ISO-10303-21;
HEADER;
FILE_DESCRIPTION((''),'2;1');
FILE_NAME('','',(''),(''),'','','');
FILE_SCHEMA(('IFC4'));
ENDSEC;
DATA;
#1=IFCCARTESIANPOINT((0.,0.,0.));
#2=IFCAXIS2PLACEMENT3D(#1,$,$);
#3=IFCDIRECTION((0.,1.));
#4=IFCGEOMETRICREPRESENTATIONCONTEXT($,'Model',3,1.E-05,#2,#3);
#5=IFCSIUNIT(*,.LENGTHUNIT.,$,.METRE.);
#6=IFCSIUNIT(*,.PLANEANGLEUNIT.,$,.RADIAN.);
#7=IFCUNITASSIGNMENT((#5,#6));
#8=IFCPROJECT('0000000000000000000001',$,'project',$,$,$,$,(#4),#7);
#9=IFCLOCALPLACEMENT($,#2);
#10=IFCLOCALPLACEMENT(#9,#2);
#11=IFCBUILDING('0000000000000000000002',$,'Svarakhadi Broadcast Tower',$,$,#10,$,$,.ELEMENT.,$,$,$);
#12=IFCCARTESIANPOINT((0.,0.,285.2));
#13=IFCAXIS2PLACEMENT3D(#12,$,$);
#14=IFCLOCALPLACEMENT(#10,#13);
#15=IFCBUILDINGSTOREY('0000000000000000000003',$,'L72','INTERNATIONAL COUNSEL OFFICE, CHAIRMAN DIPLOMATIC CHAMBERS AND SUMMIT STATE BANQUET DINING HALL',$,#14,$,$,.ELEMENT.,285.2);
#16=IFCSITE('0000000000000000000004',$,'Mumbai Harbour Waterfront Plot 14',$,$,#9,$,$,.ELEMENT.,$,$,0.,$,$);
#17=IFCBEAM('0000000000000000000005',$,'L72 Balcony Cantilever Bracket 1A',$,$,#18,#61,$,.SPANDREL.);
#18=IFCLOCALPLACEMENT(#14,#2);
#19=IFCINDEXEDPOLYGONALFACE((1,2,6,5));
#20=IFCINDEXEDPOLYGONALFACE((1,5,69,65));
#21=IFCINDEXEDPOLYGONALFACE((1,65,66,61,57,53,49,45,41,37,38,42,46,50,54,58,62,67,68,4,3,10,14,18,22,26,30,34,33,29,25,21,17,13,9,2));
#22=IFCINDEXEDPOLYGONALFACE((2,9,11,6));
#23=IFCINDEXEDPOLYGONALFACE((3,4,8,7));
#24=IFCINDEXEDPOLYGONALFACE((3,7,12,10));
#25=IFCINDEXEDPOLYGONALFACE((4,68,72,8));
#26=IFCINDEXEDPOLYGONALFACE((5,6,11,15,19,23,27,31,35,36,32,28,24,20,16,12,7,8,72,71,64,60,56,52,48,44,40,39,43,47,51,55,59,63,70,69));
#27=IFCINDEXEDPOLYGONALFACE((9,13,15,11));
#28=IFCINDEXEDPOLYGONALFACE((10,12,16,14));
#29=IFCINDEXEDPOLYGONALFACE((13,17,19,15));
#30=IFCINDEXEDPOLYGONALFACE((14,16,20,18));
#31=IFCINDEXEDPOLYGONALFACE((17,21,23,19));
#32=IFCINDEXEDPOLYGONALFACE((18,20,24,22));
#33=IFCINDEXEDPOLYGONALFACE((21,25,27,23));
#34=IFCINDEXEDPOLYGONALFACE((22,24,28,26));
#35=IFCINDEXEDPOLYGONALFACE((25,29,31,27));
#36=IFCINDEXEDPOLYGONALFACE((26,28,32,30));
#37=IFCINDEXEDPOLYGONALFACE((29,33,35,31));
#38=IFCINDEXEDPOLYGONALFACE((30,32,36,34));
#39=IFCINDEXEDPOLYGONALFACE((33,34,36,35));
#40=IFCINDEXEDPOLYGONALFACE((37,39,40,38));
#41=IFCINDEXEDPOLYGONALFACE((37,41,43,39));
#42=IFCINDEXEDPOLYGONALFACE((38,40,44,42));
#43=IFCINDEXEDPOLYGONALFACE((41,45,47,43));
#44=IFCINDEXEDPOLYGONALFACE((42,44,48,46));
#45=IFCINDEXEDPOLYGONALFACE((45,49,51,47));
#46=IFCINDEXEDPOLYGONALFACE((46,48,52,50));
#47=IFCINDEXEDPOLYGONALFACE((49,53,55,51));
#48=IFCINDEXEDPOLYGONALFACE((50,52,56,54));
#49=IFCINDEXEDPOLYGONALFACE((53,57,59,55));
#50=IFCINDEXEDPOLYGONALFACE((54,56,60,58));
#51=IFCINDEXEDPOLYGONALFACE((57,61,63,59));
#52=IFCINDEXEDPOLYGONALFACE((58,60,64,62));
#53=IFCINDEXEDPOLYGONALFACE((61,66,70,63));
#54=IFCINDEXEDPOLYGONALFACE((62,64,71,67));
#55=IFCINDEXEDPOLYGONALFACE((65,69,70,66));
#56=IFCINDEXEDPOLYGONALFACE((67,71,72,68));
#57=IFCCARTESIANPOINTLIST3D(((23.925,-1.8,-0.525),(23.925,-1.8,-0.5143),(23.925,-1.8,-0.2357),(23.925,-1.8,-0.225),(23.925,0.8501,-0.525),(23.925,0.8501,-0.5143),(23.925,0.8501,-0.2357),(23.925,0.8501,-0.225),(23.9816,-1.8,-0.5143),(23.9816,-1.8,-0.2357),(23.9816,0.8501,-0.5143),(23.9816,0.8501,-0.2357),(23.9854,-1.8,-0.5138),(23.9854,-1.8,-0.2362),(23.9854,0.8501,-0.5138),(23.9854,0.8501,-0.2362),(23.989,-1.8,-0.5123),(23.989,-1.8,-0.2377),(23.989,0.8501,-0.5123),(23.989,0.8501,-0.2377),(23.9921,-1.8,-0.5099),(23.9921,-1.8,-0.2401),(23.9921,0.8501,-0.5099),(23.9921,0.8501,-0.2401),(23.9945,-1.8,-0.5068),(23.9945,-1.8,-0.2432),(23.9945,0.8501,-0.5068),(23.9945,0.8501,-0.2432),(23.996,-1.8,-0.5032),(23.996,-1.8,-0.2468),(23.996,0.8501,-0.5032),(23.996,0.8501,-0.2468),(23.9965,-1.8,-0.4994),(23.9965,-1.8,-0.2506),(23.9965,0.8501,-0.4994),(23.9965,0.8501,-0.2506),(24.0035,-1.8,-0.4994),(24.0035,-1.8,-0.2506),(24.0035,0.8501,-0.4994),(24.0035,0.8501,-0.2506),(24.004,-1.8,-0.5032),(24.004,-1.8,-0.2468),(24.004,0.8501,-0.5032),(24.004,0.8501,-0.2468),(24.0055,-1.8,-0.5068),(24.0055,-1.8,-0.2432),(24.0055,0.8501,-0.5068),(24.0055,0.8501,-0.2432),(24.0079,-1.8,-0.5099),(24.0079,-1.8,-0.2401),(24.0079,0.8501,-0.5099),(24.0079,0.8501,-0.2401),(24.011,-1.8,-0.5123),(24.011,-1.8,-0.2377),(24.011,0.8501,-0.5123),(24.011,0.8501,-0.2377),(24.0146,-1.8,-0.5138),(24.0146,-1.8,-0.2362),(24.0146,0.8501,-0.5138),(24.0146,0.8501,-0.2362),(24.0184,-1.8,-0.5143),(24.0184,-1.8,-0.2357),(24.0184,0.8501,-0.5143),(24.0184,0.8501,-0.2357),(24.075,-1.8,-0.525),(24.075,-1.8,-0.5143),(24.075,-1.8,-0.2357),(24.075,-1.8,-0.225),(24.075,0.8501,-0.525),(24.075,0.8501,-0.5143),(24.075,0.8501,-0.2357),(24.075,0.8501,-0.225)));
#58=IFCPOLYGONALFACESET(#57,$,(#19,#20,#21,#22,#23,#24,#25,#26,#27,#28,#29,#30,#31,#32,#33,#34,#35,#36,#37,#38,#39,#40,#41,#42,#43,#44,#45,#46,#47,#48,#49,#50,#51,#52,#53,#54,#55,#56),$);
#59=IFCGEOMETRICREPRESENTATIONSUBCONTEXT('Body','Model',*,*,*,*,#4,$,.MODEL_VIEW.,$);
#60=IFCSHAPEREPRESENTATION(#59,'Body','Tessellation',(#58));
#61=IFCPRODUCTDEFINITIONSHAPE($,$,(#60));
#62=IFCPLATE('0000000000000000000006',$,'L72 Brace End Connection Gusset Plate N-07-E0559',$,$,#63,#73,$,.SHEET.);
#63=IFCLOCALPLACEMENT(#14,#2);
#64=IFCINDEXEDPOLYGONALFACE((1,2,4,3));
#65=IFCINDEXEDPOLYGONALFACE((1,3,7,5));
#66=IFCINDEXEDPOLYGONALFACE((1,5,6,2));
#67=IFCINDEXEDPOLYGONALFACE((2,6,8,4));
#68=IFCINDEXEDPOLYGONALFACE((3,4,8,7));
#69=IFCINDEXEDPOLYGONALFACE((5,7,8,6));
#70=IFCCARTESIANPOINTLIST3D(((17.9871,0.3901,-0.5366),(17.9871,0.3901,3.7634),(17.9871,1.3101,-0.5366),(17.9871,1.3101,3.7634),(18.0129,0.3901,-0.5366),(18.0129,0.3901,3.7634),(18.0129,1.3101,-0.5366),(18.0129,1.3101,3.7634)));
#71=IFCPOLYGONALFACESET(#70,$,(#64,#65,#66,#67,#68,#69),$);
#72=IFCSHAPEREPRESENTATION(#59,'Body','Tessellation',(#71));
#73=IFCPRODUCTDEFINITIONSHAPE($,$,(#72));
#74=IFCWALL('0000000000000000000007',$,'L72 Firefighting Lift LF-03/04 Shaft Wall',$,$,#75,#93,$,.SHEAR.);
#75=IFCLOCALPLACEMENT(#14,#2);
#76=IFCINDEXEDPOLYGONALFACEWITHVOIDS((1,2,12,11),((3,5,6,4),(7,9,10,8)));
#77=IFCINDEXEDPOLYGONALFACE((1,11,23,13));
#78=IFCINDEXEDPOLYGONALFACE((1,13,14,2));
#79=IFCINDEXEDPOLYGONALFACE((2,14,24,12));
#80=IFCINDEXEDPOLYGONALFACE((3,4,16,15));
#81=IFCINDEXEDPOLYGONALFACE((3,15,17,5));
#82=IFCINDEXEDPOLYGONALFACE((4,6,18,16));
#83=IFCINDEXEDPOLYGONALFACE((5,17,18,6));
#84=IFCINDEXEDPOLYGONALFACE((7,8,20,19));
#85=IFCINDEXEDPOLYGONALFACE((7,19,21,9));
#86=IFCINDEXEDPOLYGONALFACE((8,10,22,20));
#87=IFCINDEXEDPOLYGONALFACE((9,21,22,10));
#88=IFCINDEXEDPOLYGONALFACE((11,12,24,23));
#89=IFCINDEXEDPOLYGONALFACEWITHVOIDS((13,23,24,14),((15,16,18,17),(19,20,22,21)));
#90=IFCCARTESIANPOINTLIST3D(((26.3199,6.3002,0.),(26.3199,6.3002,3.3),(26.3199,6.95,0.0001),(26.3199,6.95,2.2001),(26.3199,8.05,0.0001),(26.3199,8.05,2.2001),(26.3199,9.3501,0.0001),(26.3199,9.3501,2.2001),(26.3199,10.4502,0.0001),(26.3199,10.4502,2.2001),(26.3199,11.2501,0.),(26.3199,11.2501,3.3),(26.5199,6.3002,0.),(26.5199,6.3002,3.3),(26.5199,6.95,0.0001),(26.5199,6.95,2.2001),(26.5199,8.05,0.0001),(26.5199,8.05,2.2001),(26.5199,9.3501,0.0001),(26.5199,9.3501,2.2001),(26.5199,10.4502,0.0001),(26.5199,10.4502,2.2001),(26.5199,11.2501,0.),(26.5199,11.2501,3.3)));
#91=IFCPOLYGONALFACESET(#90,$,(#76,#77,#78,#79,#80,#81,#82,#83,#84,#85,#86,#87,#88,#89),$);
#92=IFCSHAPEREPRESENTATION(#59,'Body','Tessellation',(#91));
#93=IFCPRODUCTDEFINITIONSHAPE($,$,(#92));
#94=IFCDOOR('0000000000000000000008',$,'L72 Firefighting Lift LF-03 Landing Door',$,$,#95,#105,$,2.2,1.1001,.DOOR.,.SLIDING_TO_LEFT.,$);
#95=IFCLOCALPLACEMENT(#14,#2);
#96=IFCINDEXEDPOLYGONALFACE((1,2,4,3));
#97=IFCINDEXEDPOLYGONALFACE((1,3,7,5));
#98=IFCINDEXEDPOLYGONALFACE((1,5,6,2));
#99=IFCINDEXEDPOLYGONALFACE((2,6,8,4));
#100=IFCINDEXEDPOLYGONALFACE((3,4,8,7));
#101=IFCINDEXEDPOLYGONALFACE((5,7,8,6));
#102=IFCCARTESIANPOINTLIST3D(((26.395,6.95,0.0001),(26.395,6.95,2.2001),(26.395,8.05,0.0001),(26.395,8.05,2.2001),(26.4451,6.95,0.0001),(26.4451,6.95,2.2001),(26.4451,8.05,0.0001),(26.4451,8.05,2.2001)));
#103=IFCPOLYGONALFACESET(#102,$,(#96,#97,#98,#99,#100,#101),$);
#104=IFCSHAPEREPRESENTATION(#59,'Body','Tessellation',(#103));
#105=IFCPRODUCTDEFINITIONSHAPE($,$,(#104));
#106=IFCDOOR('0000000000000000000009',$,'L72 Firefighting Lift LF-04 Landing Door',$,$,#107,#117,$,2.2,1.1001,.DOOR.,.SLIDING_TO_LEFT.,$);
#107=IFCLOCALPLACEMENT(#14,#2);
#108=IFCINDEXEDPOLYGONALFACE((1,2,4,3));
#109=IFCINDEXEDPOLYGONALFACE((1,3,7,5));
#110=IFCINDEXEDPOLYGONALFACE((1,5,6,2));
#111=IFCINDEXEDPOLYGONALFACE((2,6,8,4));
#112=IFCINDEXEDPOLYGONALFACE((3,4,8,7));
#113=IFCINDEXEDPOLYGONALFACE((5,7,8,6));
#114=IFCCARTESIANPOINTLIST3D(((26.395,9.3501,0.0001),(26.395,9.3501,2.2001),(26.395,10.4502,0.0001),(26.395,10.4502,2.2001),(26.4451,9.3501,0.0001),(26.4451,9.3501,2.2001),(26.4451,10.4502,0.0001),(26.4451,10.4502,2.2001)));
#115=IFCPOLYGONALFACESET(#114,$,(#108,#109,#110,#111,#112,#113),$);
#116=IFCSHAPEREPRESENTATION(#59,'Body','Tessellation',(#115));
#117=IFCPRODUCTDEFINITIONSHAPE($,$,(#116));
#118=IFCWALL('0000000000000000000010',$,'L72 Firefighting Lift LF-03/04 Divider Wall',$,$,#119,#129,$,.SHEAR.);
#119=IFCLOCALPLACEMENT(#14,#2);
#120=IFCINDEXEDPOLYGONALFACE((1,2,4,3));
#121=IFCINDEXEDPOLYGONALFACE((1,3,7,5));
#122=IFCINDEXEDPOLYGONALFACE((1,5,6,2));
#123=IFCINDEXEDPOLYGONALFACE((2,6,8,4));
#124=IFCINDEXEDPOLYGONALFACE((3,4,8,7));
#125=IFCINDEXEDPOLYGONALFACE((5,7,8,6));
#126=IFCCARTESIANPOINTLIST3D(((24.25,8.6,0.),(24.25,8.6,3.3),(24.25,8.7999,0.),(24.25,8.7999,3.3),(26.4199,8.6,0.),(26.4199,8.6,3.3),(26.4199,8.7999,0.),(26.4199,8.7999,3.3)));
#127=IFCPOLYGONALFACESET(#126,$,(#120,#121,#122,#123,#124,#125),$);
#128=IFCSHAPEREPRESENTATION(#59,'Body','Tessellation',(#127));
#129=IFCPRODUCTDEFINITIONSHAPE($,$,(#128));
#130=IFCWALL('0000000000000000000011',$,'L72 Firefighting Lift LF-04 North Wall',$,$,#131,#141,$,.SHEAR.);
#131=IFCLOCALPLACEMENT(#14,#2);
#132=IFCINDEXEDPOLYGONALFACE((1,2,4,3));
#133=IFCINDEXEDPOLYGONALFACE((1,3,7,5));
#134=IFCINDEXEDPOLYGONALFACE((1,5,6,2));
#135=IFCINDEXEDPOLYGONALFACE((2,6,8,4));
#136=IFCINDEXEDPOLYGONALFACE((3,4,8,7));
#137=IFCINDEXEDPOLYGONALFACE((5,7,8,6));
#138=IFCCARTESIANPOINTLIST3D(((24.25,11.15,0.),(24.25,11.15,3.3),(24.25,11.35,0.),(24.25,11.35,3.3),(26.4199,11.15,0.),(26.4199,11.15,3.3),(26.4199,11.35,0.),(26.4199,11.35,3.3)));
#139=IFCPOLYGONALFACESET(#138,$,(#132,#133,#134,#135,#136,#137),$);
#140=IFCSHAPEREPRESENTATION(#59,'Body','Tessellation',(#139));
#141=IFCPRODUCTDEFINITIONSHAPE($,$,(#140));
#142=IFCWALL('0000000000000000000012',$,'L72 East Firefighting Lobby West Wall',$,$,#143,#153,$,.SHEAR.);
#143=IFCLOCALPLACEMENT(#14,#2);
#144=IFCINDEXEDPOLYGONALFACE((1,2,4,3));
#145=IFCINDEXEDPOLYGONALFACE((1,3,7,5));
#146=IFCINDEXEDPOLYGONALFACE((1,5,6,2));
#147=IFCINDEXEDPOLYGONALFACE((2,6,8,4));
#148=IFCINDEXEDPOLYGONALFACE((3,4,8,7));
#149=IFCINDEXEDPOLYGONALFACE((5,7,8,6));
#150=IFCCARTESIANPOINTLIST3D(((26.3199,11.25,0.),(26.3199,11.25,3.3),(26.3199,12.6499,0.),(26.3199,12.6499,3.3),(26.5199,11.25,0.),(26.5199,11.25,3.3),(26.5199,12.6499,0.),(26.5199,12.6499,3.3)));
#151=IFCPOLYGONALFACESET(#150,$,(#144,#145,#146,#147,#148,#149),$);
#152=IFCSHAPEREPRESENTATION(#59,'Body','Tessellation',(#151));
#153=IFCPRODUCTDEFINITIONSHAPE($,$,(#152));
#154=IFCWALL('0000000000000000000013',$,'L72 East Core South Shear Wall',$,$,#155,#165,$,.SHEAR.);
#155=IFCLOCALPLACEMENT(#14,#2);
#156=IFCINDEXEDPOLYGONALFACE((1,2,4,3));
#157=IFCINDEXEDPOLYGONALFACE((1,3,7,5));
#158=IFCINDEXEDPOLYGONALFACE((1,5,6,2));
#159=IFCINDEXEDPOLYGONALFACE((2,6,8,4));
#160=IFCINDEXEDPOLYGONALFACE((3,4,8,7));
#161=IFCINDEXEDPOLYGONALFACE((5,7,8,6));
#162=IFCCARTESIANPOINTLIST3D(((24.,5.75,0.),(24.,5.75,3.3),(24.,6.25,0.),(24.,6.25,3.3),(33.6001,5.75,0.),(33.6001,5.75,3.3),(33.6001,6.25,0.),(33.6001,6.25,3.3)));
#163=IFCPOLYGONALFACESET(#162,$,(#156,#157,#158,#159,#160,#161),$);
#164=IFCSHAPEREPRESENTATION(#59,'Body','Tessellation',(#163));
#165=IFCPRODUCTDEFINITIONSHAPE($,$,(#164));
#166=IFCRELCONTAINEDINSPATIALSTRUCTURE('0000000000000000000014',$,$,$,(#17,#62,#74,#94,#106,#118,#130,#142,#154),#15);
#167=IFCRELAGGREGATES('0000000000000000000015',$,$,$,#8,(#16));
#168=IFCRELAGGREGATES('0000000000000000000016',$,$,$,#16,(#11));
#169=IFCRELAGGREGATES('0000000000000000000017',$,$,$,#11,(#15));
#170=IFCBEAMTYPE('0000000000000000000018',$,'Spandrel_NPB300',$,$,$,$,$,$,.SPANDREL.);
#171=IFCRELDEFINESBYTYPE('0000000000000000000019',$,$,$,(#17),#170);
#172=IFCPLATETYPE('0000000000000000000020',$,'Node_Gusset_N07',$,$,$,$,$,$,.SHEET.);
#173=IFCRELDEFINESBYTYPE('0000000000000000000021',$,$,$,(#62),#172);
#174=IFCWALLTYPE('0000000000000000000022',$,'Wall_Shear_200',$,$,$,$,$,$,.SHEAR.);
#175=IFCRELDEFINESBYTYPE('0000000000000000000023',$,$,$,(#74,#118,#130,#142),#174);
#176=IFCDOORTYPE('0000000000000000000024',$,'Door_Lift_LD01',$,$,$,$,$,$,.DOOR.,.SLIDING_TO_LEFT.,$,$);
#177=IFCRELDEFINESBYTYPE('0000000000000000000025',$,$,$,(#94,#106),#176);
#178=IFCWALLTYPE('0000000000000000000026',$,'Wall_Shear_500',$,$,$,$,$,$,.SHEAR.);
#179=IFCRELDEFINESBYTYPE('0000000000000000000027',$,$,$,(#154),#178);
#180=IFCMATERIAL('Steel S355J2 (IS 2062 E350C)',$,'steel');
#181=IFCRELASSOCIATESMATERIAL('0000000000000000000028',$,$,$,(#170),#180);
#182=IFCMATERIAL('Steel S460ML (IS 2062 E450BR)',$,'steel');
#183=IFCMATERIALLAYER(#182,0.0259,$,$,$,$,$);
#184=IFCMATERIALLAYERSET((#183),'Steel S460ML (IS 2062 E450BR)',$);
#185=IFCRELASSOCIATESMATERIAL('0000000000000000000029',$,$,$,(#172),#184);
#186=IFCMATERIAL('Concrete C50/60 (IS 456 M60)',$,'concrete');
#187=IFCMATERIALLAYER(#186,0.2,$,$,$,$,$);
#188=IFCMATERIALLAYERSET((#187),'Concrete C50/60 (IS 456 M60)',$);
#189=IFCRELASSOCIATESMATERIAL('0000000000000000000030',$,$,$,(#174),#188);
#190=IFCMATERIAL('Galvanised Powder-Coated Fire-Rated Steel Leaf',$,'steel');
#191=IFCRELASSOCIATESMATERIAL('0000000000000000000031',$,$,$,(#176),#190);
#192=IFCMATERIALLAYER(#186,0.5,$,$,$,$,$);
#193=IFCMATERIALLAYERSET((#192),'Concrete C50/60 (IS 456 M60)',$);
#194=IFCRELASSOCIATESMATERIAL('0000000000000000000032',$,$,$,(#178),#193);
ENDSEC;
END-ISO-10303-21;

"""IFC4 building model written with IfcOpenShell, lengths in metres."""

from ifc_helpers import new_model, si_unit, direction, frame, frame_2d, origin, origin_2d, place, context, subcontext, project, spatial, rectangle, i_section, extrude, material, layer, layer_set, material_profile, profile_set, type_object, element, fill, save


model = new_model("IFC4")

# Units and contexts
model_context = context("Model", 3, precision=1e-05, world=origin(), true_north=direction((0.0, 1.0)))
body_context = subcontext(model_context, "Body", "Model", "MODEL_VIEW")
ifc_project = project(units=[si_unit("LENGTHUNIT", "METRE"), si_unit("PLANEANGLEUNIT", "RADIAN")], contexts=[model_context])

# Site, building, storey
site_placement = place(None, origin())
site = spatial("IfcSite", under=ifc_project, at=site_placement, Name="Mumbai Harbour Waterfront Plot 14", CompositionType="ELEMENT", RefElevation=0.0)
building_placement = place(site_placement, origin())
building = spatial("IfcBuilding", under=site, at=building_placement, Name="Svarakhadi Broadcast Tower", CompositionType="ELEMENT")
storey_placement = place(building_placement, frame((0.0, 0.0, 285.2)))
storey = spatial("IfcBuildingStorey", under=building, at=storey_placement, Name="L72", Description="INTERNATIONAL COUNSEL OFFICE, CHAIRMAN DIPLOMATIC CHAMBERS AND SUMMIT STATE BANQUET DINING HALL", CompositionType="ELEMENT", Elevation=285.2)

# Shared definitions
ifc_material_1 = material(Name="Concrete C50/60 (IS 456 M60)", Category="concrete")
ifc_material_2 = material(Name="Steel S460ML (IS 2062 E450BR)", Category="steel")

# Beam
ifc_material_3 = material(Name="Steel S355J2 (IS 2062 E350C)", Category="steel")
ifc_material_profile_1 = material_profile(ifc_material_3, i_section(OverallWidth=0.1499, OverallDepth=0.3, WebThickness=0.0071, FlangeThickness=0.0107, FilletRadius=0.0149, at=origin_2d()), Name="NPB 300x150x37")
ifc_profile_set_1 = profile_set([ifc_material_profile_1], Name="Steel S355J2 (IS 2062 E350C)")
beam_type_1 = type_object("IfcBeamType", Name="Spandrel_NPB300", PredefinedType="SPANDREL", material=ifc_profile_set_1)
beam_1_placement = place(storey_placement, frame((24.0, 0.8501, -0.375), z_axis=(0.0, -1.0, 0.0), x_axis=(1.0, 0.0, 0.0)))
element("IfcBeam", 1, at=beam_1_placement, inside=storey, type_object=beam_type_1, Name="L72 Balcony Cantilever Bracket 1A", PredefinedType="SPANDREL", context=body_context, shape_type="SweptSolid", body=[
    extrude(i_section(OverallWidth=0.1499, OverallDepth=0.3, WebThickness=0.0071, FlangeThickness=0.0107, FilletRadius=0.0149, at=origin_2d()), origin(), (0.0, 0.0, 1.0), 2.6501),
])

# Plate
ifc_layer_1 = layer(ifc_material_2, 0.0259)
ifc_layer_set_1 = layer_set([ifc_layer_1], Name="Steel S460ML (IS 2062 E450BR)")
plate_type = type_object("IfcPlateType", Name="Node_Gusset_N07", PredefinedType="SHEET", material=ifc_layer_set_1)
plate_placement = place(storey_placement, frame((18.0, 0.8501, -0.5366), z_axis=(0.0, 0.0, 1.0), x_axis=(0.0, 1.0, 0.0)))
element("IfcPlate", 2, at=plate_placement, inside=storey, type_object=plate_type, Name="L72 Brace End Connection Gusset Plate N-07-E0559", PredefinedType="SHEET", context=body_context, shape_type="SweptSolid", body=[
    extrude(rectangle(XDim=0.9199, YDim=0.0259, at=origin_2d()), origin(), (0.0, 0.0, 1.0), 4.3),
])

# Wall, openings, doors
ifc_layer_2 = layer(ifc_material_1, 0.2)
ifc_layer_set_2 = layer_set([ifc_layer_2], Name="Concrete C50/60 (IS 456 M60)")
wall_type_1 = type_object("IfcWallType", Name="Wall_Shear_200", PredefinedType="SHEAR", material=ifc_layer_set_2)
wall_1_placement = place(storey_placement, frame((26.4199, 6.3, 0.0), z_axis=(0.0, 0.0, 1.0), x_axis=(0.0, 1.0, 0.0)))
wall_1 = element("IfcWall", 3, at=wall_1_placement, inside=storey, type_object=wall_type_1, Name="L72 Firefighting Lift LF-03/04 Shaft Wall", PredefinedType="SHEAR", context=body_context, shape_type="SweptSolid", body=[
    extrude(rectangle(XDim=4.95, YDim=0.2, at=frame_2d((2.4751, 0.0))), origin(), (0.0, 0.0, 1.0), 3.3),
])
opening_1_placement = place(wall_1_placement, frame((0.6499, 0.0, 0.0)))
opening_1 = element("IfcOpeningElement", 4, at=opening_1_placement, cuts=wall_1, PredefinedType="OPENING", context=body_context, shape_type="SweptSolid", body=[
    extrude(rectangle(XDim=1.1001, YDim=2.2, at=frame_2d((0.55, 1.1001))), frame((0.0, 0.1099, 0.0), z_axis=(0.0, -1.0, 0.0), x_axis=(1.0, 0.0, 0.0)), (0.0, 0.0, 1.0), 0.22),
])
opening_2_placement = place(wall_1_placement, frame((3.05, 0.0, 0.0)))
opening_2 = element("IfcOpeningElement", 5, at=opening_2_placement, cuts=wall_1, PredefinedType="OPENING", context=body_context, shape_type="SweptSolid", body=[
    extrude(rectangle(XDim=1.1001, YDim=2.2, at=frame_2d((0.55, 1.1001))), frame((0.0, 0.1099, 0.0), z_axis=(0.0, -1.0, 0.0), x_axis=(1.0, 0.0, 0.0)), (0.0, 0.0, 1.0), 0.22),
])
ifc_material_4 = material(Name="Galvanised Powder-Coated Fire-Rated Steel Leaf", Category="steel")
door_type_1 = type_object("IfcDoorType", Name="Door_Lift_LD01", OperationType="SLIDING_TO_LEFT", PredefinedType="DOOR", material=ifc_material_4)
door_1_placement = place(opening_1_placement, origin())
door_1 = element("IfcDoor", 6, at=door_1_placement, inside=storey, type_object=door_type_1, Name="L72 Firefighting Lift LF-03 Landing Door", OperationType="SLIDING_TO_LEFT", OverallHeight=2.2, OverallWidth=1.1001, PredefinedType="DOOR", context=body_context, shape_type="SweptSolid", body=[
    extrude(rectangle(XDim=1.1001, YDim=2.2, at=frame_2d((0.55, 1.1001))), frame((0.0, 0.0249, 0.0), z_axis=(0.0, -1.0, 0.0), x_axis=(1.0, 0.0, 0.0)), (0.0, 0.0, 1.0), 0.05),
])
fill(opening_1, door_1)
door_2_placement = place(opening_2_placement, origin())
door_2 = element("IfcDoor", 7, at=door_2_placement, inside=storey, type_object=door_type_1, Name="L72 Firefighting Lift LF-04 Landing Door", OperationType="SLIDING_TO_LEFT", OverallHeight=2.2, OverallWidth=1.1001, PredefinedType="DOOR", context=body_context, shape_type="SweptSolid", body=[
    extrude(rectangle(XDim=1.1001, YDim=2.2, at=frame_2d((0.55, 1.1001))), frame((0.0, 0.0249, 0.0), z_axis=(0.0, -1.0, 0.0), x_axis=(1.0, 0.0, 0.0)), (0.0, 0.0, 1.0), 0.05),
])
fill(opening_2, door_2)

# Walls
for number, where, z_axis, x_axis, name in (
    (8, (24.25, 8.7, 0.0), (0.0, 0.0, 1.0), (1.0, 0.0, 0.0), "L72 Firefighting Lift LF-03/04 Divider Wall"),
    (9, (24.25, 11.25, 0.0), (0.0, 0.0, 1.0), (1.0, 0.0, 0.0), "L72 Firefighting Lift LF-04 North Wall"),
):
    element("IfcWall", number, at=place(storey_placement, frame(where, z_axis=z_axis, x_axis=x_axis)), inside=storey, type_object=wall_type_1, Name=name, PredefinedType="SHEAR", context=body_context, shape_type="SweptSolid", body=[
        extrude(rectangle(XDim=2.1699, YDim=0.2, at=frame_2d((1.085, 0.0))), origin(), (0.0, 0.0, 1.0), 3.3),
    ])
wall_2_placement = place(storey_placement, frame((26.4199, 11.25, 0.0), z_axis=(0.0, 0.0, 1.0), x_axis=(0.0, 1.0, 0.0)))
element("IfcWall", 10, at=wall_2_placement, inside=storey, type_object=wall_type_1, Name="L72 East Firefighting Lobby West Wall", PredefinedType="SHEAR", context=body_context, shape_type="SweptSolid", body=[
    extrude(rectangle(XDim=1.3999, YDim=0.2, at=frame_2d((0.7, 0.0))), origin(), (0.0, 0.0, 1.0), 3.3),
])
ifc_layer_3 = layer(ifc_material_1, 0.5)
ifc_layer_set_3 = layer_set([ifc_layer_3], Name="Concrete C50/60 (IS 456 M60)")
wall_type_2 = type_object("IfcWallType", Name="Wall_Shear_500", PredefinedType="SHEAR", material=ifc_layer_set_3)
wall_3_placement = place(storey_placement, frame((24.0, 6.0, 0.0), z_axis=(0.0, 0.0, 1.0), x_axis=(1.0, 0.0, 0.0)))
element("IfcWall", 11, at=wall_3_placement, inside=storey, type_object=wall_type_2, Name="L72 East Core South Shear Wall", PredefinedType="SHEAR", context=body_context, shape_type="SweptSolid", body=[
    extrude(rectangle(XDim=9.6001, YDim=0.5, at=frame_2d((4.8, 0.0))), origin(), (0.0, 0.0, 1.0), 3.3),
])

save(model, "model.ifc")
